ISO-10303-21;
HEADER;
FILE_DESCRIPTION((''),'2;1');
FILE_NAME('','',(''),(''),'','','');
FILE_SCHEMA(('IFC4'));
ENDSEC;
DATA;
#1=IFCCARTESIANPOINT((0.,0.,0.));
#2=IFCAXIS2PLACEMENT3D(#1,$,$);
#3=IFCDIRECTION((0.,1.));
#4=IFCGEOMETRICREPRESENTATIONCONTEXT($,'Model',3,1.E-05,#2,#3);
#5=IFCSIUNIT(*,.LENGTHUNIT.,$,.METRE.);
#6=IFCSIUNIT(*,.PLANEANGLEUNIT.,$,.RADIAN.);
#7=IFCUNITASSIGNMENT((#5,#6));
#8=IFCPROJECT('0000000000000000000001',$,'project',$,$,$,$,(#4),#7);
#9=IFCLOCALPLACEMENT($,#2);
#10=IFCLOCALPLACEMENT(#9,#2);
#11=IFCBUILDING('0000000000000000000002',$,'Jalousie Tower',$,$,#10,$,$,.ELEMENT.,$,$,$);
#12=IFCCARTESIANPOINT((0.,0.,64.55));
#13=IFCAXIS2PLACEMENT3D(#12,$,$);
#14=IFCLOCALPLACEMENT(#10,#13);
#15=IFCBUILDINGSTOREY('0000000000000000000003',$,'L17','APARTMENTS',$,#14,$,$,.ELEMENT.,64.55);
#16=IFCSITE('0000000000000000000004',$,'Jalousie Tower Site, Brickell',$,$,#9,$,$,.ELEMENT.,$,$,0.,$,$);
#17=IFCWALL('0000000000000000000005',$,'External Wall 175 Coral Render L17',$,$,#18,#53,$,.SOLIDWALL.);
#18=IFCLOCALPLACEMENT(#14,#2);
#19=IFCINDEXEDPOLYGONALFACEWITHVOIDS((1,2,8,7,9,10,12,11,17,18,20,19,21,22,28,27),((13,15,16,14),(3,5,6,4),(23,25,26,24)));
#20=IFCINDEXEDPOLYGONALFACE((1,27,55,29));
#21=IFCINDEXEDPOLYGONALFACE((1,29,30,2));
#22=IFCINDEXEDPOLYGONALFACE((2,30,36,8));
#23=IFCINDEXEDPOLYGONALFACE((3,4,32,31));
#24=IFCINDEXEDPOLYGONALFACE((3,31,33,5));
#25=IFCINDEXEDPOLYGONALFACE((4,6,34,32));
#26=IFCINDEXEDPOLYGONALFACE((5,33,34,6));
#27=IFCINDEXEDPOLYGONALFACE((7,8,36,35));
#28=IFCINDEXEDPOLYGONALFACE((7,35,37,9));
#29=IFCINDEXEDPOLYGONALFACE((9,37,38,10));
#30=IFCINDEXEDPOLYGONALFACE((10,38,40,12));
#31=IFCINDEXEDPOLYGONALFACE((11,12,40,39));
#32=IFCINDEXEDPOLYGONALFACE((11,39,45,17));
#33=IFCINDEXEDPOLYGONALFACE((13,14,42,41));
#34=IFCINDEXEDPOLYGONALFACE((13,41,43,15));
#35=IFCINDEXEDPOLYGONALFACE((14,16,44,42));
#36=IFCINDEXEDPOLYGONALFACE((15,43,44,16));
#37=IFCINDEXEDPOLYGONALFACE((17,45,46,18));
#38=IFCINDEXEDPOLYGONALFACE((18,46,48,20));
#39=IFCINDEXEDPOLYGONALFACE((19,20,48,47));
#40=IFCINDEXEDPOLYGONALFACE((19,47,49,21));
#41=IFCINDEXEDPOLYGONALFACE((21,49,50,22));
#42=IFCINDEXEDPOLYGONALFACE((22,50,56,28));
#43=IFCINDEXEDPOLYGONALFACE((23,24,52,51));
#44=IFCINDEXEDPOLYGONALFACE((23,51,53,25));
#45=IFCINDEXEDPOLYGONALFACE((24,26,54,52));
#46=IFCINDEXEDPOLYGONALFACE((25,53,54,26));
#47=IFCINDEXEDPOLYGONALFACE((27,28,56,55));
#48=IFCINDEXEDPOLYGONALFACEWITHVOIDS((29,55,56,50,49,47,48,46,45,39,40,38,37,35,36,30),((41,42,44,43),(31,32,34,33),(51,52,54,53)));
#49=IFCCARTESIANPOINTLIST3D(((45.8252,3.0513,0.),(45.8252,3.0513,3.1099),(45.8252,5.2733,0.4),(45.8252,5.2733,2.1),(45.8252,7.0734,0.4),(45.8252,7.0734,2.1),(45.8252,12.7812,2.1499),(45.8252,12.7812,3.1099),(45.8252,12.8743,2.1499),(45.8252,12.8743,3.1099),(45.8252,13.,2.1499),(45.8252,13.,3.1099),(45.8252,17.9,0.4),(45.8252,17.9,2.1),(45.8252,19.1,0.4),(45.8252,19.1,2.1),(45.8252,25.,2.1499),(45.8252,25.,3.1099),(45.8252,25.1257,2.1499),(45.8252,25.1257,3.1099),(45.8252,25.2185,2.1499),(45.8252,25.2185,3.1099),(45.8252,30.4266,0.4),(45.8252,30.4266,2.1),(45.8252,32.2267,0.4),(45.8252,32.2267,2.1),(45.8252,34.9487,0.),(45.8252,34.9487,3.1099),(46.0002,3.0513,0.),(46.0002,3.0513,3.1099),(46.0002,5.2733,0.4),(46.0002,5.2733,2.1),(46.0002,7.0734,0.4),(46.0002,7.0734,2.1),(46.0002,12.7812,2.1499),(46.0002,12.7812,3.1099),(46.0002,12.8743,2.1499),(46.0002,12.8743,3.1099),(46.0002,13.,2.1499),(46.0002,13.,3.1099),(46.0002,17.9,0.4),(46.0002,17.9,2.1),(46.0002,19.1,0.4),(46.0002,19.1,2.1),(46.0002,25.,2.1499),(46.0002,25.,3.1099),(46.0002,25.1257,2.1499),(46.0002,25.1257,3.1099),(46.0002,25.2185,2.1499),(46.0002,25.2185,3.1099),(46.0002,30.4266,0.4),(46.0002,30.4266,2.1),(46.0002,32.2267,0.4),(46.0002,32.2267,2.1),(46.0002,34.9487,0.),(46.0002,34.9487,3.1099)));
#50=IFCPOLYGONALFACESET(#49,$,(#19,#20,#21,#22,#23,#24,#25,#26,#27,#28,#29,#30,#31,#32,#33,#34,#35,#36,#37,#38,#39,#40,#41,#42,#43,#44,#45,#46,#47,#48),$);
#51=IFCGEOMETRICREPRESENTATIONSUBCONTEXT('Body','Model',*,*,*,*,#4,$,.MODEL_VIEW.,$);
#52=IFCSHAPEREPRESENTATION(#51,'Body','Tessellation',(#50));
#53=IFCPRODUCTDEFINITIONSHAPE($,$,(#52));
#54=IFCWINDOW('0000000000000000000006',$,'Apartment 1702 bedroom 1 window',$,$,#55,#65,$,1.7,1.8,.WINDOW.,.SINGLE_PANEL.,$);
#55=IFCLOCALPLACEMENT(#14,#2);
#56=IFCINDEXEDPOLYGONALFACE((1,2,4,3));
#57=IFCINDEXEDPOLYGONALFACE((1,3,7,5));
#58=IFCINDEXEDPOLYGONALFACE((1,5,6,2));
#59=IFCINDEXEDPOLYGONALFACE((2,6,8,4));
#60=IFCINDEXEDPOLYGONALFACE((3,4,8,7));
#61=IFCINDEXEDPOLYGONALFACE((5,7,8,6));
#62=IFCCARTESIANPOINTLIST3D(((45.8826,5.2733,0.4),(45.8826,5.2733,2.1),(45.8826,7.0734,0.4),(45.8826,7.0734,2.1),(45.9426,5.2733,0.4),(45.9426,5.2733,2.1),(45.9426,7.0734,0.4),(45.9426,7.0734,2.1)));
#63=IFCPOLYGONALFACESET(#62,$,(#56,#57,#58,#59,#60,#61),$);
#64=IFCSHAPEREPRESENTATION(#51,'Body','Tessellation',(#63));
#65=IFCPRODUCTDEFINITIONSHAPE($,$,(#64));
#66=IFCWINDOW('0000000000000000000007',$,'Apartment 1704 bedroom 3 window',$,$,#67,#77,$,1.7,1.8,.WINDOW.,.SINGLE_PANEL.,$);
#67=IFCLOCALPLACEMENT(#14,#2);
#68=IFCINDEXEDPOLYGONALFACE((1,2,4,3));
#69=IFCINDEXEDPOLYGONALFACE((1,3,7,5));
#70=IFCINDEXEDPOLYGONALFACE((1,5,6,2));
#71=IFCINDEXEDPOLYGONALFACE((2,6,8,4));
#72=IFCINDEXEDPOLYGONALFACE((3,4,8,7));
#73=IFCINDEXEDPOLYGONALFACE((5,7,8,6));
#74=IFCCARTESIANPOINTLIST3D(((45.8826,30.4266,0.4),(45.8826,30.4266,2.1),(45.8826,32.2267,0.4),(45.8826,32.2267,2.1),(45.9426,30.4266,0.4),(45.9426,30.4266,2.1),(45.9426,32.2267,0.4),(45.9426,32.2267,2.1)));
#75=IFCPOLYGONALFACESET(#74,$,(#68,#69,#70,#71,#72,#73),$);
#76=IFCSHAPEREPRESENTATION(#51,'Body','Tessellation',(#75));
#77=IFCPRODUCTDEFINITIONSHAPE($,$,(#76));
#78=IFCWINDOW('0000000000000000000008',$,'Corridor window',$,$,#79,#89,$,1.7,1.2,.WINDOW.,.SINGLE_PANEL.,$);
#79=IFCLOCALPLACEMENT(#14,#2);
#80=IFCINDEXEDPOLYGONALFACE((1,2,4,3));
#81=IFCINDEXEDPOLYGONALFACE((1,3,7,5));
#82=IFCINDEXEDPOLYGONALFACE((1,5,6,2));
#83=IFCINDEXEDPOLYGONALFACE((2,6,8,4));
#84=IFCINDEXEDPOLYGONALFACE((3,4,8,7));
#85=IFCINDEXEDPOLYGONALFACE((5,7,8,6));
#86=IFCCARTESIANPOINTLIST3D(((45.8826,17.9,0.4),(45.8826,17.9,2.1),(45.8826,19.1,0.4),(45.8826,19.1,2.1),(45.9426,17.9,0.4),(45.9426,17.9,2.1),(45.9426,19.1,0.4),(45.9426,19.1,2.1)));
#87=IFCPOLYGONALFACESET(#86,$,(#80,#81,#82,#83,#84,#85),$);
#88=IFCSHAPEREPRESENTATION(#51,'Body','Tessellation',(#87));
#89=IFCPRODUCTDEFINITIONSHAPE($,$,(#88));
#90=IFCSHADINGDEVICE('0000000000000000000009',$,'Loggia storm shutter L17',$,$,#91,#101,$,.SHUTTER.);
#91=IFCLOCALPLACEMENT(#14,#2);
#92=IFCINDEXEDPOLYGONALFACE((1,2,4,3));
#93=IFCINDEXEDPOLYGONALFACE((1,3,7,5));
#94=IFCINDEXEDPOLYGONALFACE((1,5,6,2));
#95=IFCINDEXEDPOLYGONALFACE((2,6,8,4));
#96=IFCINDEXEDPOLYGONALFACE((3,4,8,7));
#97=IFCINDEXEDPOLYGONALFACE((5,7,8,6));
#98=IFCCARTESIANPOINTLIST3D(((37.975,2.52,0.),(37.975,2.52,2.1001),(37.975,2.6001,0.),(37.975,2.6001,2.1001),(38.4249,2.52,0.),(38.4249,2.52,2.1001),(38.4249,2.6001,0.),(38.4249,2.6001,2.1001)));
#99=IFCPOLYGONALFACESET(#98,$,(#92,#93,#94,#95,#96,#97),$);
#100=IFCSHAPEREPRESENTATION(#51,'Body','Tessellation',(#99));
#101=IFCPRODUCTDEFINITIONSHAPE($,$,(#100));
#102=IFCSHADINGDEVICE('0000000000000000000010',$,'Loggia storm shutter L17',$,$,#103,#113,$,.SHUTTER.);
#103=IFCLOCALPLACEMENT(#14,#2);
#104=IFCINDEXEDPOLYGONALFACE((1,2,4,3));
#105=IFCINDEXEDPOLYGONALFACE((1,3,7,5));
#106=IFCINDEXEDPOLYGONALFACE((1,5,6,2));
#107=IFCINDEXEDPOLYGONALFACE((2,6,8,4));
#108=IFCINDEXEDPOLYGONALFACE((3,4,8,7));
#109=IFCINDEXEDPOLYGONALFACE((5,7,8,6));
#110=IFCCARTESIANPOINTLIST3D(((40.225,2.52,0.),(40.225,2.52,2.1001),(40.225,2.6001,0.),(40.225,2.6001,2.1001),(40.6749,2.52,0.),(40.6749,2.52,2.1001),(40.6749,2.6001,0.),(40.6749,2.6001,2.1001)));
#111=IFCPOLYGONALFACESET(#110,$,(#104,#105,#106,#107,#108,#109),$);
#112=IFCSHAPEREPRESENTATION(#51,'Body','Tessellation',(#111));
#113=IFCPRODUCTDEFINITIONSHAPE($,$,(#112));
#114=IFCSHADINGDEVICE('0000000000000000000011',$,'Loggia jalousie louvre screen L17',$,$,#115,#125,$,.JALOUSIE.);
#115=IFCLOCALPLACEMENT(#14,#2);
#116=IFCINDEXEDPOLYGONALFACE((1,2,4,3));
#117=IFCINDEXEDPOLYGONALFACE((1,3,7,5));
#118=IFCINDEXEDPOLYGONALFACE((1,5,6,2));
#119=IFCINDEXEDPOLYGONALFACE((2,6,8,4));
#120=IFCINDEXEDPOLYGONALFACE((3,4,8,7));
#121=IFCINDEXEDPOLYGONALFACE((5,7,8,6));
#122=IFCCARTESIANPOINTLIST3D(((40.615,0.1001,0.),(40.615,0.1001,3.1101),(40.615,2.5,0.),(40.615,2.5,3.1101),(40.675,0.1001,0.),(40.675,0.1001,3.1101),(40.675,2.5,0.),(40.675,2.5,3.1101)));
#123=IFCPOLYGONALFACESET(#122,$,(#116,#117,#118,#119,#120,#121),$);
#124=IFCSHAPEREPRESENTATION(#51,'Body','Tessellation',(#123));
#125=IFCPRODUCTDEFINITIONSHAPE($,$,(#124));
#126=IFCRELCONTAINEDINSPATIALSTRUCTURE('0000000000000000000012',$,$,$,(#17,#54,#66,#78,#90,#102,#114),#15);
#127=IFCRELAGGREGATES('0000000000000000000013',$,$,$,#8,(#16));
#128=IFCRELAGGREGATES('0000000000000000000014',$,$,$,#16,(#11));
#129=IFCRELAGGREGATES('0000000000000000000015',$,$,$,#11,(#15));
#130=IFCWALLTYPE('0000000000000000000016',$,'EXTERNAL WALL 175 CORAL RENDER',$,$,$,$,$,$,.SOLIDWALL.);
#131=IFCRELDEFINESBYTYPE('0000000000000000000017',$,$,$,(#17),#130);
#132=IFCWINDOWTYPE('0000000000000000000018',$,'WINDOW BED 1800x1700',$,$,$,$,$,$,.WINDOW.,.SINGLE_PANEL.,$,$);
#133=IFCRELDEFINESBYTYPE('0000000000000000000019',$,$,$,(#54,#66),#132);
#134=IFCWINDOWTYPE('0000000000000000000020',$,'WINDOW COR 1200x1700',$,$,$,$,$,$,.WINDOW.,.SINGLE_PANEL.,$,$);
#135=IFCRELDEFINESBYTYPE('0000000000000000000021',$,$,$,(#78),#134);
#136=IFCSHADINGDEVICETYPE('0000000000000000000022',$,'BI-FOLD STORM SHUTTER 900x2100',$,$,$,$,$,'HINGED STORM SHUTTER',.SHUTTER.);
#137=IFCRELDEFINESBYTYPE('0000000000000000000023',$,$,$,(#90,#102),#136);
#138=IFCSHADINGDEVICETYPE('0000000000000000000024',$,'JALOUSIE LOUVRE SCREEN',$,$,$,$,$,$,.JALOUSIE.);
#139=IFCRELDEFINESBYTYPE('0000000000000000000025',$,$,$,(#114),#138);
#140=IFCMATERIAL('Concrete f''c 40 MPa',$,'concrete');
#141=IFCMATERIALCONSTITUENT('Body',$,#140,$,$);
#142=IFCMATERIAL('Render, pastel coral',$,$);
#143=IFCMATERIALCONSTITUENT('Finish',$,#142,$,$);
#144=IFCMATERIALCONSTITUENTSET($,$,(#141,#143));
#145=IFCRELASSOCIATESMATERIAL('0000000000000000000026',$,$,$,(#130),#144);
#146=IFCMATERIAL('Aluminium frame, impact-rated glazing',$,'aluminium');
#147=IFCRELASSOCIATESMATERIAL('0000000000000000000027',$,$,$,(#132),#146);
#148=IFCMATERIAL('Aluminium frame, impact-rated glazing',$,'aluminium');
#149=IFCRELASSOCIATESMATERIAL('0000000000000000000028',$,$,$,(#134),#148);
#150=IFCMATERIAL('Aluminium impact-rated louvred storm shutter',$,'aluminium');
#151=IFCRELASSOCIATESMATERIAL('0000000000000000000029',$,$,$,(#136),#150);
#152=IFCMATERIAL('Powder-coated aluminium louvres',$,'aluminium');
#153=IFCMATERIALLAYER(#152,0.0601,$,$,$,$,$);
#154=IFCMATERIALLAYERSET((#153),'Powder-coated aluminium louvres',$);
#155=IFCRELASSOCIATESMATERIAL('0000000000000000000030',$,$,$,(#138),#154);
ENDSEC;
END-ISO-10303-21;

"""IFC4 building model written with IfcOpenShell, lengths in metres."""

from ifc_helpers import new_model, si_unit, direction, frame, frame_2d, origin, origin_2d, place, context, subcontext, project, spatial, polyline, rectangle, outline, extrude, material, layer, layer_set, constituent, constituent_set, type_object, element, fill, save


model = new_model("IFC4")

# Units and contexts
model_context = context("Model", 3, precision=1e-05, world=origin(), true_north=direction((0.0, 1.0)))
body_context = subcontext(model_context, "Body", "Model", "MODEL_VIEW")
ifc_project = project(units=[si_unit("LENGTHUNIT", "METRE"), si_unit("PLANEANGLEUNIT", "RADIAN")], contexts=[model_context])

# Site, building, storey
site_placement = place(None, origin())
site = spatial("IfcSite", under=ifc_project, at=site_placement, Name="Jalousie Tower Site, Brickell", CompositionType="ELEMENT", RefElevation=0.0)
building_placement = place(site_placement, origin())
building = spatial("IfcBuilding", under=site, at=building_placement, Name="Jalousie Tower", CompositionType="ELEMENT")
storey_placement = place(building_placement, frame((0.0, 0.0, 64.55)))
storey = spatial("IfcBuildingStorey", under=building, at=storey_placement, Name="L17", Description="APARTMENTS", CompositionType="ELEMENT", Elevation=64.55)

# Shared definitions
ifc_material_1 = material(Name="Concrete f'c 40 MPa", Category="concrete")
ifc_constituent_1 = constituent(ifc_material_1, Name="Body")
ifc_material_2 = material(Name="Render, pastel coral")
ifc_constituent_2 = constituent(ifc_material_2, Name="Finish")
ifc_constituent_set = constituent_set(constituents=[ifc_constituent_1, ifc_constituent_2])
wall_type = type_object("IfcWallType", Name="EXTERNAL WALL 175 CORAL RENDER", PredefinedType="SOLIDWALL", material=ifc_constituent_set)

# Wall, openings, windows
wall_1_placement = place(storey_placement, frame((45.9126, 3.0513, 0.0), z_axis=(0.0, 0.0, 1.0), x_axis=(0.0, 1.0, 0.0)))
wall_1 = element("IfcWall", 1, at=wall_1_placement, inside=storey, type_object=wall_type, Name="External Wall 175 Coral Render L17", PredefinedType="SOLIDWALL", context=body_context, shape_type="SweptSolid", body=[
    extrude(outline(polyline([(0.0, 0.0), (31.8975, 0.0), (31.8975, 3.1099), (22.1672, 3.1099), (22.1672, 2.1499), (22.0745, 2.1499), (22.0745, 3.1099), (21.9487, 3.1099), (21.9487, 2.1499), (9.9487, 2.1499), (9.9487, 3.1099), (9.823, 3.1099), (9.823, 2.1499), (9.73, 2.1499), (9.73, 3.1099), (0.0, 3.1099), (0.0, 0.0)])), frame((0.0, 0.0874, 0.0), z_axis=(0.0, -1.0, 0.0), x_axis=(1.0, 0.0, 0.0)), (0.0, 0.0, 1.0), 0.175),
])
opening_1_placement = place(wall_1_placement, frame((2.2222, 0.0, 0.3999)))
opening_1 = element("IfcOpeningElement", 2, at=opening_1_placement, cuts=wall_1, PredefinedType="OPENING", context=body_context, shape_type="SweptSolid", body=[
    extrude(rectangle(XDim=1.8, YDim=1.7, at=frame_2d((0.8999, 0.8501))), frame((0.0, 0.0974, 0.0), z_axis=(0.0, -1.0, 0.0), x_axis=(1.0, 0.0, 0.0)), (0.0, 0.0, 1.0), 0.1951),
])
opening_2_placement = place(wall_1_placement, frame((14.8486, 0.0, 0.3999)))
opening_2 = element("IfcOpeningElement", 3, at=opening_2_placement, cuts=wall_1, PredefinedType="OPENING", context=body_context, shape_type="SweptSolid", body=[
    extrude(rectangle(XDim=1.2, YDim=1.7, at=frame_2d((0.6001, 0.8501))), frame((0.0, 0.0974, 0.0), z_axis=(0.0, -1.0, 0.0), x_axis=(1.0, 0.0, 0.0)), (0.0, 0.0, 1.0), 0.1951),
])
opening_3_placement = place(wall_1_placement, frame((27.3755, 0.0, 0.3999)))
opening_3 = element("IfcOpeningElement", 4, at=opening_3_placement, cuts=wall_1, PredefinedType="OPENING", context=body_context, shape_type="SweptSolid", body=[
    extrude(rectangle(XDim=1.8, YDim=1.7, at=frame_2d((0.8999, 0.8501))), frame((0.0, 0.0974, 0.0), z_axis=(0.0, -1.0, 0.0), x_axis=(1.0, 0.0, 0.0)), (0.0, 0.0, 1.0), 0.1951),
])
ifc_material_3 = material(Name="Aluminium frame, impact-rated glazing", Category="aluminium")
window_type_1 = type_object("IfcWindowType", Name="WINDOW BED 1800x1700", PartitioningType="SINGLE_PANEL", PredefinedType="WINDOW", material=ifc_material_3)
window_1_placement = place(opening_1_placement, origin())
window_1 = element("IfcWindow", 5, at=window_1_placement, inside=storey, type_object=window_type_1, Name="Apartment 1702 bedroom 1 window", OverallHeight=1.7, OverallWidth=1.8, PartitioningType="SINGLE_PANEL", PredefinedType="WINDOW", context=body_context, shape_type="SweptSolid", body=[
    extrude(rectangle(XDim=1.8, YDim=1.7, at=frame_2d((0.8999, 0.8501))), frame((0.0, 0.03, 0.0), z_axis=(0.0, -1.0, 0.0), x_axis=(1.0, 0.0, 0.0)), (0.0, 0.0, 1.0), 0.0601),
])
fill(opening_1, window_1)
window_2_placement = place(opening_3_placement, origin())
window_2 = element("IfcWindow", 6, at=window_2_placement, inside=storey, type_object=window_type_1, Name="Apartment 1704 bedroom 3 window", OverallHeight=1.7, OverallWidth=1.8, PartitioningType="SINGLE_PANEL", PredefinedType="WINDOW", context=body_context, shape_type="SweptSolid", body=[
    extrude(rectangle(XDim=1.8, YDim=1.7, at=frame_2d((0.8999, 0.8501))), frame((0.0, 0.03, 0.0), z_axis=(0.0, -1.0, 0.0), x_axis=(1.0, 0.0, 0.0)), (0.0, 0.0, 1.0), 0.0601),
])
fill(opening_3, window_2)
ifc_material_4 = material(Name="Aluminium frame, impact-rated glazing", Category="aluminium")
window_type_2 = type_object("IfcWindowType", Name="WINDOW COR 1200x1700", PartitioningType="SINGLE_PANEL", PredefinedType="WINDOW", material=ifc_material_4)
window_3_placement = place(opening_2_placement, origin())
window_3 = element("IfcWindow", 7, at=window_3_placement, inside=storey, type_object=window_type_2, Name="Corridor window", OverallHeight=1.7, OverallWidth=1.2, PartitioningType="SINGLE_PANEL", PredefinedType="WINDOW", context=body_context, shape_type="SweptSolid", body=[
    extrude(rectangle(XDim=1.2, YDim=1.7, at=frame_2d((0.6001, 0.8501))), frame((0.0, 0.03, 0.0), z_axis=(0.0, -1.0, 0.0), x_axis=(1.0, 0.0, 0.0)), (0.0, 0.0, 1.0), 0.0601),
])
fill(opening_2, window_3)

# Shading devices
ifc_material_5 = material(Name="Aluminium impact-rated louvred storm shutter", Category="aluminium")
shading_device_type_1 = type_object("IfcShadingDeviceType", Name="BI-FOLD STORM SHUTTER 900x2100", ElementType="HINGED STORM SHUTTER", PredefinedType="SHUTTER", material=ifc_material_5)
for number, where, z_axis, x_axis, name in (
    (8, (38.2, 2.5601, 0.0), (0.0, 0.0, 1.0), (1.0, 0.0, 0.0), "Loggia storm shutter L17"),
    (9, (40.45, 2.5601, 0.0), (0.0, 0.0, 1.0), (1.0, 0.0, 0.0), "Loggia storm shutter L17"),
):
    element("IfcShadingDevice", number, at=place(storey_placement, frame(where, z_axis=z_axis, x_axis=x_axis)), inside=storey, type_object=shading_device_type_1, Name=name, PredefinedType="SHUTTER", context=body_context, shape_type="SweptSolid", body=[
        extrude(rectangle(XDim=0.45, YDim=0.0801, at=origin_2d()), origin(), (0.0, 0.0, 1.0), 2.1001),
    ])
ifc_material_6 = material(Name="Powder-coated aluminium louvres", Category="aluminium")
ifc_layer_1 = layer(ifc_material_6, 0.0601)
ifc_layer_set_1 = layer_set([ifc_layer_1], Name="Powder-coated aluminium louvres")
shading_device_type_2 = type_object("IfcShadingDeviceType", Name="JALOUSIE LOUVRE SCREEN", PredefinedType="JALOUSIE", material=ifc_layer_set_1)
shading_device_placement = place(storey_placement, frame((40.645, 1.3, 0.0), z_axis=(0.0, 0.0, 1.0), x_axis=(1.0, 0.0, 0.0)))
element("IfcShadingDevice", 10, at=shading_device_placement, inside=storey, type_object=shading_device_type_2, Name="Loggia jalousie louvre screen L17", PredefinedType="JALOUSIE", context=body_context, shape_type="SweptSolid", body=[
    extrude(rectangle(XDim=0.0601, YDim=2.3999, at=origin_2d()), origin(), (0.0, 0.0, 1.0), 3.1101),
])

save(model, "model.ifc")
